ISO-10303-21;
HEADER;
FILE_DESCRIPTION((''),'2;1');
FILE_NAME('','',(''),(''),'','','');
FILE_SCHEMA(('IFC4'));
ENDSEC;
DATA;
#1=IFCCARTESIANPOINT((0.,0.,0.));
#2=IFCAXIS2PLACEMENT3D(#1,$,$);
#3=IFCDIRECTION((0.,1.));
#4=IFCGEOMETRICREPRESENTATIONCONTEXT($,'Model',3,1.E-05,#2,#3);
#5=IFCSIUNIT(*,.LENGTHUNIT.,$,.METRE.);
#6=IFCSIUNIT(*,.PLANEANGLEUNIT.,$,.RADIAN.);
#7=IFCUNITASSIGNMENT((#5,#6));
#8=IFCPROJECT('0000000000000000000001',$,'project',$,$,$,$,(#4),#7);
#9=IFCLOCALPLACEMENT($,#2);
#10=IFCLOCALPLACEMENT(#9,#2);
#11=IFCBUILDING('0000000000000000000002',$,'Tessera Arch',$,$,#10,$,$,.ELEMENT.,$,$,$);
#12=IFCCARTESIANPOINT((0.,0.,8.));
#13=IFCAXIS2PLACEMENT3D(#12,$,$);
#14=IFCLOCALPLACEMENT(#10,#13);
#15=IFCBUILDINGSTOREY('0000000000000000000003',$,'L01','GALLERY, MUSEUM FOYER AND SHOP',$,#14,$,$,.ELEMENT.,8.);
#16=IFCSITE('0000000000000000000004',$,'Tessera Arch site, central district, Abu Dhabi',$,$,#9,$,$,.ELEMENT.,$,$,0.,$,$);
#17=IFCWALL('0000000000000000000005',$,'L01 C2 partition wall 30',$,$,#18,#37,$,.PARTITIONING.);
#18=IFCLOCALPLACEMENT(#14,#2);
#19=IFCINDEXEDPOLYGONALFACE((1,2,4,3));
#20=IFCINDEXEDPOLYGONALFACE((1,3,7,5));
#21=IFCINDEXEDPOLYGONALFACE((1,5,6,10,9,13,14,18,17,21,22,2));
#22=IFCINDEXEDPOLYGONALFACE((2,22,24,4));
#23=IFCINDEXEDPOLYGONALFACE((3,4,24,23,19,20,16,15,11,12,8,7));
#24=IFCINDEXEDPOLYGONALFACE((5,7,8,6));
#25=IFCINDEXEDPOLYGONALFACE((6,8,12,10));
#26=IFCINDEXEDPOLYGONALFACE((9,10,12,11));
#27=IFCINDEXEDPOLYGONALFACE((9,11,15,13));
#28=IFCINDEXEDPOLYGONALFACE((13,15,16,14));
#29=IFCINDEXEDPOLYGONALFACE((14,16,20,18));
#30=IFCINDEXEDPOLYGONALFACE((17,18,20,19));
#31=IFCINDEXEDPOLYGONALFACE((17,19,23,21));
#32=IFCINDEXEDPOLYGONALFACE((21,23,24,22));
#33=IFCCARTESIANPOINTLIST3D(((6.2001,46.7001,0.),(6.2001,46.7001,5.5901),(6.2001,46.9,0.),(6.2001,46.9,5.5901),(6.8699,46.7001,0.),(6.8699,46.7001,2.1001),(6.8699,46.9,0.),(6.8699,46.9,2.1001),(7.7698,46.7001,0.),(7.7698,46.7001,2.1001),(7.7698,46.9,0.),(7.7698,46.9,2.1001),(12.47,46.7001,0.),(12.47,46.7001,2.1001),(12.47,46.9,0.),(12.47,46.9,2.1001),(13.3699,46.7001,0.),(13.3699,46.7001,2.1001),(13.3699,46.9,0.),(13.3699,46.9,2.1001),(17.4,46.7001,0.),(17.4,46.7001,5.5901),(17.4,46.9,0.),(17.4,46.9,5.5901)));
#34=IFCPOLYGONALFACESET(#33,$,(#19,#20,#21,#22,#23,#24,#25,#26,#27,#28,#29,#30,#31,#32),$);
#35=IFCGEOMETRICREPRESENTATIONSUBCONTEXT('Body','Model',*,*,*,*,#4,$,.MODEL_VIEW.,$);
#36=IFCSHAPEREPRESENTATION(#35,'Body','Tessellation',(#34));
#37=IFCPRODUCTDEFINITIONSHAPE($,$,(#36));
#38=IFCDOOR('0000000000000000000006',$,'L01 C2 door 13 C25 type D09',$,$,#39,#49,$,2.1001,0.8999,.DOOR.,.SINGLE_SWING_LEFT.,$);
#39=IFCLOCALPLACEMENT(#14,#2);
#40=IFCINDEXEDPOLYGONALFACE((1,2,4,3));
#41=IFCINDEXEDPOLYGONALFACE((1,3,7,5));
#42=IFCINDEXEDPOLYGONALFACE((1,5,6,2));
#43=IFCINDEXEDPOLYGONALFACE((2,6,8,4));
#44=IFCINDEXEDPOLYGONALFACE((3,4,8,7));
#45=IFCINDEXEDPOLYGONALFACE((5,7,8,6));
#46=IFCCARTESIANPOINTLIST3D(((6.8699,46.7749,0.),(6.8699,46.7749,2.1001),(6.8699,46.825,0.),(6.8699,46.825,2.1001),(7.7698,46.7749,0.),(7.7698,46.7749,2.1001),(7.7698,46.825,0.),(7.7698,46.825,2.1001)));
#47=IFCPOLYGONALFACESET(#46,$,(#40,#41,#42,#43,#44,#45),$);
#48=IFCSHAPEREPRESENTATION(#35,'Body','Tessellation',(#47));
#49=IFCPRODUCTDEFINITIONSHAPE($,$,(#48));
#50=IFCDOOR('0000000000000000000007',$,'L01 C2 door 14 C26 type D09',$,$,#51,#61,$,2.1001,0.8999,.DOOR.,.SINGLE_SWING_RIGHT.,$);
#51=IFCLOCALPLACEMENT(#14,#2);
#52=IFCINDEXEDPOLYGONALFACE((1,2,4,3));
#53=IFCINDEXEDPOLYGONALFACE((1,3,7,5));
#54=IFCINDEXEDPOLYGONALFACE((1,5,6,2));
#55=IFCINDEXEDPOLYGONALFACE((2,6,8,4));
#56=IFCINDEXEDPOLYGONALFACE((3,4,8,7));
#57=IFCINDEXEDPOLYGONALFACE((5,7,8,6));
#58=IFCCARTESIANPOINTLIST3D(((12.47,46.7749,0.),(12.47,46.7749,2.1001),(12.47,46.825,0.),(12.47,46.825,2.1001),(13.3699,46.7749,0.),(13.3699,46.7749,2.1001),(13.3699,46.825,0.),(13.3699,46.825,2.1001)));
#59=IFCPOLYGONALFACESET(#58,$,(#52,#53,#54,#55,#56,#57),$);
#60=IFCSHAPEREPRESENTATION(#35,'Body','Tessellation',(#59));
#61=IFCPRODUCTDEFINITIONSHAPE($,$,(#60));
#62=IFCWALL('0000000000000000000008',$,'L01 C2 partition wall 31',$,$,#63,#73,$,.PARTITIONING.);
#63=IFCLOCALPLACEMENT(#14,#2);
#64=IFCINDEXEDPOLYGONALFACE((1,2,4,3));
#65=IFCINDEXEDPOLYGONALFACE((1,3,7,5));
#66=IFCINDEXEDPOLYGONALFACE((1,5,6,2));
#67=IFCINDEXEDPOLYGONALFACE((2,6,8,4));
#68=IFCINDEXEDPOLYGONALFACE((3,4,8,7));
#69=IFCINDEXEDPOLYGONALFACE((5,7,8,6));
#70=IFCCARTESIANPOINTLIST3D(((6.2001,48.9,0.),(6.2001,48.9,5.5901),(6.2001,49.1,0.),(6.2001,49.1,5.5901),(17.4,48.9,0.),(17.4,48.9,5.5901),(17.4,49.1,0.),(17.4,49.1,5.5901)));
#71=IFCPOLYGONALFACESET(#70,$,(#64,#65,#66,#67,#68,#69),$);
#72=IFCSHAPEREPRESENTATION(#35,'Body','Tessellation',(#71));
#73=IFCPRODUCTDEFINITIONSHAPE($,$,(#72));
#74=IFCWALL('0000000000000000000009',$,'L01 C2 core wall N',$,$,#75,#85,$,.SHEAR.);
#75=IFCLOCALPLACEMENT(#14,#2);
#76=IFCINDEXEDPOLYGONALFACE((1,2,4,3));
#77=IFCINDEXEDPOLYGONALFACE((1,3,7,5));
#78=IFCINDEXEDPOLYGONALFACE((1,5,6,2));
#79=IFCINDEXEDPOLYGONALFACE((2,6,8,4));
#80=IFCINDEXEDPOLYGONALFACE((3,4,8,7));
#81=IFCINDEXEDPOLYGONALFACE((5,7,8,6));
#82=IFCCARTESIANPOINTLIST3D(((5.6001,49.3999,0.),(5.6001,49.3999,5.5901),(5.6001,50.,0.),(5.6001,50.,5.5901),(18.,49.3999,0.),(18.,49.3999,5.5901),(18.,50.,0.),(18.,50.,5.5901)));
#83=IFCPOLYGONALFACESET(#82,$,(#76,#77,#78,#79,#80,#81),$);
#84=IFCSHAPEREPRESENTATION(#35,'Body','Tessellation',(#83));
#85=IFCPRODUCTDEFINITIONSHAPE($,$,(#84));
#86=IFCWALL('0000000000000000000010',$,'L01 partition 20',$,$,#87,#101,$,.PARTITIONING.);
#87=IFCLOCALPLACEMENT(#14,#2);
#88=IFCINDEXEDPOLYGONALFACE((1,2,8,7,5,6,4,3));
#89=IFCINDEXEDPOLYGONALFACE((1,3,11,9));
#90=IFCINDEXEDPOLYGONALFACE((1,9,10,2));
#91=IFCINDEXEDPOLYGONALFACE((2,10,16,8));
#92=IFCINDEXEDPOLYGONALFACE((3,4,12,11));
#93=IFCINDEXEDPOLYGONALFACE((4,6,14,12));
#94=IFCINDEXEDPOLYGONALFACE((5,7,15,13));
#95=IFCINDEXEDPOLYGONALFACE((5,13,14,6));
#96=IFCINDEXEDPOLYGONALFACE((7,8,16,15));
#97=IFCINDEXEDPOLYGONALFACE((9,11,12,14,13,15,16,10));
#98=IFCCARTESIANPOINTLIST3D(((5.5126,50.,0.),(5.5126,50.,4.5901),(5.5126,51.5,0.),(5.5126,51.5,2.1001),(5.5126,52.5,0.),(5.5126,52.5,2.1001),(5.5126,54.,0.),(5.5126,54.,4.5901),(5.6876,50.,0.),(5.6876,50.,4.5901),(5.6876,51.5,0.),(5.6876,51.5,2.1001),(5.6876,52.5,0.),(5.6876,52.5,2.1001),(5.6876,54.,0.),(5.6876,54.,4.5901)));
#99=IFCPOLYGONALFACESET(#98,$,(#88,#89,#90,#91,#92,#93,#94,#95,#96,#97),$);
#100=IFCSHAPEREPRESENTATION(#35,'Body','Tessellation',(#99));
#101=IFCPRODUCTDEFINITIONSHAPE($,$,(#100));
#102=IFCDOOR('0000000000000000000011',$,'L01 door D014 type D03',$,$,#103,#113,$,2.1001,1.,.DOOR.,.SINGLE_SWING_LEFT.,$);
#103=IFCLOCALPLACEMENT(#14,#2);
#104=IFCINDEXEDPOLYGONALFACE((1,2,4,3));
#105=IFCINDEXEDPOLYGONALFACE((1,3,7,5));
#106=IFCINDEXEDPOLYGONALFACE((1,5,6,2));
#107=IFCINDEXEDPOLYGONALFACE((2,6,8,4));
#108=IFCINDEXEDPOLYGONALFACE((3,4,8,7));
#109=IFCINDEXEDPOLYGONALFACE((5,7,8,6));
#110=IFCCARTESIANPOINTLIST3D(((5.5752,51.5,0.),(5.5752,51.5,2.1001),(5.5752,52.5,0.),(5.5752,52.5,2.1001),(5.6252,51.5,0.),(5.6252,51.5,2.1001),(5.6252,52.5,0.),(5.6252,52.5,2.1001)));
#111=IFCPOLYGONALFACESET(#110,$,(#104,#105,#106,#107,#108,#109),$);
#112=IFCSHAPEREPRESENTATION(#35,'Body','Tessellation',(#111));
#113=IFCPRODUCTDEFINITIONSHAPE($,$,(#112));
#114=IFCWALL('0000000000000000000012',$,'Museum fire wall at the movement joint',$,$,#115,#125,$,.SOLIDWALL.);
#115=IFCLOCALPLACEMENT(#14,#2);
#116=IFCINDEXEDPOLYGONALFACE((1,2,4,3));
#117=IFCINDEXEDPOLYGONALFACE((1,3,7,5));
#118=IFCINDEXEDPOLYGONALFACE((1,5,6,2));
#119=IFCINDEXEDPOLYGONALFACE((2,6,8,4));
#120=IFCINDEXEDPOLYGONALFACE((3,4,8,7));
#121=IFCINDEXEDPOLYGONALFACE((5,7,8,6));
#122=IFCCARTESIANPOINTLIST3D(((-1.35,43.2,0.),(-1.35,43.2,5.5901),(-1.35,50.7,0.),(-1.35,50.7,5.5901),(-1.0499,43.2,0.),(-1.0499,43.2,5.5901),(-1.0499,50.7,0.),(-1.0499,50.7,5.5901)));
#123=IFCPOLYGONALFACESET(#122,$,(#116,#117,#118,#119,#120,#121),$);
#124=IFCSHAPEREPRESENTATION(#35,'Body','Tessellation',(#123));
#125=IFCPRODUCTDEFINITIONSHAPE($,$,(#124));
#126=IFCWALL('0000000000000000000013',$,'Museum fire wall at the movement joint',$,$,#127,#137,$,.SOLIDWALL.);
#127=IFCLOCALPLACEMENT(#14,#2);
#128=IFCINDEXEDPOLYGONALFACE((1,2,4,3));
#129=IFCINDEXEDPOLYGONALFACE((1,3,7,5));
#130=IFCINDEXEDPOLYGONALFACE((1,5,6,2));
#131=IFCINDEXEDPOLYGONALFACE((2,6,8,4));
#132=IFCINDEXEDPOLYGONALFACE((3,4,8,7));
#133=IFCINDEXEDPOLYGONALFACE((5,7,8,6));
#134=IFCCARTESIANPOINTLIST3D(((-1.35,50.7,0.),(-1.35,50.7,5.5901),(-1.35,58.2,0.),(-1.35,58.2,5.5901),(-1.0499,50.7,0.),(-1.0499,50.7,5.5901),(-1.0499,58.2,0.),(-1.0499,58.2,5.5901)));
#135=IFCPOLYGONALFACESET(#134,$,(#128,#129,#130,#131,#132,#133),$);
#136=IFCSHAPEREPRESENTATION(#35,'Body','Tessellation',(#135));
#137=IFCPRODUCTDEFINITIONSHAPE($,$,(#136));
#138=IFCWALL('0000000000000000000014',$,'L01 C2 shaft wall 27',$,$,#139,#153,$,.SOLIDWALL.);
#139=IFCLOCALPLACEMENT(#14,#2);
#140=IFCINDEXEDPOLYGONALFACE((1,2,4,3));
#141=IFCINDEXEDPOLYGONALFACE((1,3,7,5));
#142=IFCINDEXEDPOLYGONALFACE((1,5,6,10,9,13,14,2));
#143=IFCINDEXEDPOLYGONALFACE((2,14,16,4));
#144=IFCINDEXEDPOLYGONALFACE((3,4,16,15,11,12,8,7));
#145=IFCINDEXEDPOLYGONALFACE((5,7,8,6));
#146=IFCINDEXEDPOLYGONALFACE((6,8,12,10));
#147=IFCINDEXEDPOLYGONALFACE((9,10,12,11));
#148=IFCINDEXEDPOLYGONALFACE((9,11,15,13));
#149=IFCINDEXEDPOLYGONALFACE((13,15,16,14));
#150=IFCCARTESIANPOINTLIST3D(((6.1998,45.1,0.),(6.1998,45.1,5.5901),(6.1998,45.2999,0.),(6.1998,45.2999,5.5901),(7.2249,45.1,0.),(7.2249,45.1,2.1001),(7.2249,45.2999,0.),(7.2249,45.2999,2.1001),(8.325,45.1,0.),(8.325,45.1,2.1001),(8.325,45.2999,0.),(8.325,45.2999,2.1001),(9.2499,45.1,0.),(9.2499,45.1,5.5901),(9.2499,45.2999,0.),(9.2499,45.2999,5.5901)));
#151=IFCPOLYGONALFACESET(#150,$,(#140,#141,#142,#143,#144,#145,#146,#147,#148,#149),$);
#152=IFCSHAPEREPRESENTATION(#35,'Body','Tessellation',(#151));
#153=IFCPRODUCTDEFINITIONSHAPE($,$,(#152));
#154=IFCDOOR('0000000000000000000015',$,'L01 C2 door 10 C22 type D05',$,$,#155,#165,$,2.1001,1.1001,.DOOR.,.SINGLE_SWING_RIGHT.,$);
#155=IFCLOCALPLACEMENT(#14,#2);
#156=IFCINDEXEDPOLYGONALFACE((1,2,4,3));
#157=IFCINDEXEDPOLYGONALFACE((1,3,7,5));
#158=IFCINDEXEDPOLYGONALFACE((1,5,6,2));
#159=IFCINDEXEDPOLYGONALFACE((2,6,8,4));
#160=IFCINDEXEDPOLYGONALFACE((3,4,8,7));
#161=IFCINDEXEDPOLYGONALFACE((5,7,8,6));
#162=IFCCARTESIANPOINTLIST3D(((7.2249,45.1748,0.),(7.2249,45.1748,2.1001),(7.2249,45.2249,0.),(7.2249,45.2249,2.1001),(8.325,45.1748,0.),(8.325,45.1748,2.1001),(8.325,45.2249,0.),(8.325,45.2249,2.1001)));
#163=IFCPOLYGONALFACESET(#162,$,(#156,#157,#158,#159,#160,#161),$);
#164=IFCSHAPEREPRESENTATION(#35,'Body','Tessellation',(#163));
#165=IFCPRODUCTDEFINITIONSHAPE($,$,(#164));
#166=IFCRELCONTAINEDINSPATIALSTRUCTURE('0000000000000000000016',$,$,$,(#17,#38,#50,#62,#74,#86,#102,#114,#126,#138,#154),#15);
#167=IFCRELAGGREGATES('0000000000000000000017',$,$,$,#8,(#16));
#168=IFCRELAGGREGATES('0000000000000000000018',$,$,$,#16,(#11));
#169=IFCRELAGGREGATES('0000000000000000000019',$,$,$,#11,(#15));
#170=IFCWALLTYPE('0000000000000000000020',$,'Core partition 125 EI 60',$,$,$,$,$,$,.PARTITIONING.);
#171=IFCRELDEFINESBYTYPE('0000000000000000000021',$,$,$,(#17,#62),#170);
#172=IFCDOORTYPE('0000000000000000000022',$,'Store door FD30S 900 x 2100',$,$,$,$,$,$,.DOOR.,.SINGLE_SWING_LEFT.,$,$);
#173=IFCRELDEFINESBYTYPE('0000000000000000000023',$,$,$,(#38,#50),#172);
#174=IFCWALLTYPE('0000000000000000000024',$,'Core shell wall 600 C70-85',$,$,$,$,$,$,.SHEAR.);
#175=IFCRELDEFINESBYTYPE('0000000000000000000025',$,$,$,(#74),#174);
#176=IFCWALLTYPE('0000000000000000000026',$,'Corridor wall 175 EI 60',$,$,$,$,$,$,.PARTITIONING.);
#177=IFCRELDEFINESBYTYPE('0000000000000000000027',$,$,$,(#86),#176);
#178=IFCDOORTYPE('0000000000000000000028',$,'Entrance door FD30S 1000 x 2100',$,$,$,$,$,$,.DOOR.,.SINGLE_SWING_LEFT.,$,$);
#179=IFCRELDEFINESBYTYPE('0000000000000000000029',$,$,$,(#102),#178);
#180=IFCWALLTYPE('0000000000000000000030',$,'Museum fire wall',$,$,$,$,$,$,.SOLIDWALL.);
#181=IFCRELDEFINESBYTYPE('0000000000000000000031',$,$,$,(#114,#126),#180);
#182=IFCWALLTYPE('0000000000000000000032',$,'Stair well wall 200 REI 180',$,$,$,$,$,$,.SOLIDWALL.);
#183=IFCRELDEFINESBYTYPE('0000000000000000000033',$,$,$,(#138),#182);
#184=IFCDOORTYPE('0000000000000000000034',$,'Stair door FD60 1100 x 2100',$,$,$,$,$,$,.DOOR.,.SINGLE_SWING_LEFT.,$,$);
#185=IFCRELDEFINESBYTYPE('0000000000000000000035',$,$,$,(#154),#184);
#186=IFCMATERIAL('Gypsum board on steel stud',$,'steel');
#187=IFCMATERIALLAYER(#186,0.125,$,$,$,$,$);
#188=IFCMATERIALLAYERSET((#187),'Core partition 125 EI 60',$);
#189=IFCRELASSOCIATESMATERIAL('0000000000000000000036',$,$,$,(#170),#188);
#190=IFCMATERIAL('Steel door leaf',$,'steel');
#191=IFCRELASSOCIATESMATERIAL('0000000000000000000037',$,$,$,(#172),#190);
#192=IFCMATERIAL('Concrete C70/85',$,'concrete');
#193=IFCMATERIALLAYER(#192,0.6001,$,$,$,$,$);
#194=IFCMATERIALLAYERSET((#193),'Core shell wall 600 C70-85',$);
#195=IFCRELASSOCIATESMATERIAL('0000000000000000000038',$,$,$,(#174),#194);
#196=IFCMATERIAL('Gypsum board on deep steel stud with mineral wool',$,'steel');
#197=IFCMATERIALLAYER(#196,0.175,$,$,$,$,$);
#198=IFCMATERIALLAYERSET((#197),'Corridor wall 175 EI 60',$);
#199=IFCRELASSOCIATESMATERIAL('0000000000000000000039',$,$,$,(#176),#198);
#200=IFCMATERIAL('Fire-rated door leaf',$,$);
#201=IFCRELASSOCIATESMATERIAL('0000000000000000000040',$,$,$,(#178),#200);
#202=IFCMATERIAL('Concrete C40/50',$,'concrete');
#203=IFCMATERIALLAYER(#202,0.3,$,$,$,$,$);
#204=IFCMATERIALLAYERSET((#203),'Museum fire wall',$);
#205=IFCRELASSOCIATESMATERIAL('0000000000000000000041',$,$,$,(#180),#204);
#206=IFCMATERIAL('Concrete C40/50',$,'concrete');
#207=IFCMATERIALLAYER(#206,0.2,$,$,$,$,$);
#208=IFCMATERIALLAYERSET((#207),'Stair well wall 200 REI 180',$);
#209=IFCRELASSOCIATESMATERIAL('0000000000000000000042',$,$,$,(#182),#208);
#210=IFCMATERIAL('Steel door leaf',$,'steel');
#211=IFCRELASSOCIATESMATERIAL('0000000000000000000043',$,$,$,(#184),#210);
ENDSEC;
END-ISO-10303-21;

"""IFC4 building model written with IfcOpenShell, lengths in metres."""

from ifc_helpers import new_model, si_unit, direction, frame, frame_2d, origin, place, context, subcontext, project, spatial, rectangle, extrude, material, layer, layer_set, type_object, element, fill, save


model = new_model("IFC4")

# Units and contexts
model_context = context("Model", 3, precision=1e-05, world=origin(), true_north=direction((0.0, 1.0)))
body_context = subcontext(model_context, "Body", "Model", "MODEL_VIEW")
ifc_project = project(units=[si_unit("LENGTHUNIT", "METRE"), si_unit("PLANEANGLEUNIT", "RADIAN")], contexts=[model_context])

# Site, building, storey
site_placement = place(None, origin())
site = spatial("IfcSite", under=ifc_project, at=site_placement, Name="Tessera Arch site, central district, Abu Dhabi", CompositionType="ELEMENT", RefElevation=0.0)
building_placement = place(site_placement, origin())
building = spatial("IfcBuilding", under=site, at=building_placement, Name="Tessera Arch", CompositionType="ELEMENT")
storey_placement = place(building_placement, frame((0.0, 0.0, 8.0)))
storey = spatial("IfcBuildingStorey", under=building, at=storey_placement, Name="L01", Description="GALLERY, MUSEUM FOYER AND SHOP", CompositionType="ELEMENT", Elevation=8.0)

# Wall, openings, doors
ifc_material_1 = material(Name="Gypsum board on steel stud", Category="steel")
ifc_layer_1 = layer(ifc_material_1, 0.125)
ifc_layer_set_1 = layer_set([ifc_layer_1], Name="Core partition 125 EI 60")
wall_type_1 = type_object("IfcWallType", Name="Core partition 125 EI 60", PredefinedType="PARTITIONING", material=ifc_layer_set_1)
wall_1_placement = place(storey_placement, frame((6.2, 46.8, 0.0), z_axis=(0.0, 0.0, 1.0), x_axis=(1.0, 0.0, 0.0)))
wall_1 = element("IfcWall", 1, at=wall_1_placement, inside=storey, type_object=wall_type_1, Name="L01 C2 partition wall 30", PredefinedType="PARTITIONING", context=body_context, shape_type="SweptSolid", body=[
    extrude(rectangle(XDim=11.2, YDim=0.2, at=frame_2d((5.6001, 0.0))), origin(), (0.0, 0.0, 1.0), 5.5901),
])
opening_1_placement = place(wall_1_placement, frame((0.6699, 0.0, 0.0)))
opening_1 = element("IfcOpeningElement", 2, at=opening_1_placement, cuts=wall_1, PredefinedType="OPENING", context=body_context, shape_type="SweptSolid", body=[
    extrude(rectangle(XDim=0.8999, YDim=2.1001, at=frame_2d((0.45, 1.05))), frame((0.0, 0.1099, 0.0), z_axis=(0.0, -1.0, 0.0), x_axis=(1.0, 0.0, 0.0)), (0.0, 0.0, 1.0), 0.22),
])
opening_2_placement = place(wall_1_placement, frame((6.27, 0.0, 0.0)))
opening_2 = element("IfcOpeningElement", 3, at=opening_2_placement, cuts=wall_1, PredefinedType="OPENING", context=body_context, shape_type="SweptSolid", body=[
    extrude(rectangle(XDim=0.8999, YDim=2.1001, at=frame_2d((0.45, 1.05))), frame((0.0, 0.1099, 0.0), z_axis=(0.0, -1.0, 0.0), x_axis=(1.0, 0.0, 0.0)), (0.0, 0.0, 1.0), 0.22),
])
ifc_material_2 = material(Name="Steel door leaf", Category="steel")
door_type_1 = type_object("IfcDoorType", Name="Store door FD30S 900 x 2100", OperationType="SINGLE_SWING_LEFT", PredefinedType="DOOR", material=ifc_material_2)
door_1_placement = place(opening_1_placement, origin())
door_1 = element("IfcDoor", 4, at=door_1_placement, inside=storey, type_object=door_type_1, Name="L01 C2 door 13 C25 type D09", OperationType="SINGLE_SWING_LEFT", OverallHeight=2.1001, OverallWidth=0.8999, PredefinedType="DOOR", context=body_context, shape_type="SweptSolid", body=[
    extrude(rectangle(XDim=0.8999, YDim=2.1001, at=frame_2d((0.45, 1.05))), frame((0.0, 0.0249, 0.0), z_axis=(0.0, -1.0, 0.0), x_axis=(1.0, 0.0, 0.0)), (0.0, 0.0, 1.0), 0.05),
])
fill(opening_1, door_1)
door_2_placement = place(opening_2_placement, origin())
door_2 = element("IfcDoor", 5, at=door_2_placement, inside=storey, type_object=door_type_1, Name="L01 C2 door 14 C26 type D09", OperationType="SINGLE_SWING_RIGHT", OverallHeight=2.1001, OverallWidth=0.8999, PredefinedType="DOOR", context=body_context, shape_type="SweptSolid", body=[
    extrude(rectangle(XDim=0.8999, YDim=2.1001, at=frame_2d((0.45, 1.05))), frame((0.0, 0.0249, 0.0), z_axis=(0.0, -1.0, 0.0), x_axis=(1.0, 0.0, 0.0)), (0.0, 0.0, 1.0), 0.05),
])
fill(opening_2, door_2)

# Walls
wall_2_placement = place(storey_placement, frame((6.2, 49.0, 0.0), z_axis=(0.0, 0.0, 1.0), x_axis=(1.0, 0.0, 0.0)))
element("IfcWall", 6, at=wall_2_placement, inside=storey, type_object=wall_type_1, Name="L01 C2 partition wall 31", PredefinedType="PARTITIONING", context=body_context, shape_type="SweptSolid", body=[
    extrude(rectangle(XDim=11.2, YDim=0.2, at=frame_2d((5.6001, 0.0))), origin(), (0.0, 0.0, 1.0), 5.5901),
])
ifc_material_3 = material(Name="Concrete C70/85", Category="concrete")
ifc_layer_2 = layer(ifc_material_3, 0.6001)
ifc_layer_set_2 = layer_set([ifc_layer_2], Name="Core shell wall 600 C70-85")
wall_type_2 = type_object("IfcWallType", Name="Core shell wall 600 C70-85", PredefinedType="SHEAR", material=ifc_layer_set_2)
wall_3_placement = place(storey_placement, frame((5.6001, 49.7, 0.0), z_axis=(0.0, 0.0, 1.0), x_axis=(1.0, 0.0, 0.0)))
element("IfcWall", 7, at=wall_3_placement, inside=storey, type_object=wall_type_2, Name="L01 C2 core wall N", PredefinedType="SHEAR", context=body_context, shape_type="SweptSolid", body=[
    extrude(rectangle(XDim=12.3999, YDim=0.6001, at=frame_2d((6.2, 0.0))), origin(), (0.0, 0.0, 1.0), 5.5901),
])

# Wall, opening, door
ifc_material_4 = material(Name="Gypsum board on deep steel stud with mineral wool", Category="steel")
ifc_layer_3 = layer(ifc_material_4, 0.175)
ifc_layer_set_3 = layer_set([ifc_layer_3], Name="Corridor wall 175 EI 60")
wall_type_3 = type_object("IfcWallType", Name="Corridor wall 175 EI 60", PredefinedType="PARTITIONING", material=ifc_layer_set_3)
wall_4_placement = place(storey_placement, frame((5.6001, 50.0, 0.0), z_axis=(0.0, 0.0, 1.0), x_axis=(0.0, 1.0, 0.0)))
wall_4 = element("IfcWall", 8, at=wall_4_placement, inside=storey, type_object=wall_type_3, Name="L01 partition 20", PredefinedType="PARTITIONING", context=body_context, shape_type="SweptSolid", body=[
    extrude(rectangle(XDim=4.0, YDim=0.175, at=frame_2d((2.0, 0.0))), origin(), (0.0, 0.0, 1.0), 4.5901),
])
opening_3_placement = place(wall_4_placement, frame((1.5, 0.0, 0.0)))
opening_3 = element("IfcOpeningElement", 9, at=opening_3_placement, cuts=wall_4, PredefinedType="OPENING", context=body_context, shape_type="SweptSolid", body=[
    extrude(rectangle(XDim=1.0, YDim=2.1001, at=frame_2d((0.5, 1.05))), frame((0.0, 0.0974, 0.0), z_axis=(0.0, -1.0, 0.0), x_axis=(1.0, 0.0, 0.0)), (0.0, 0.0, 1.0), 0.1951),
])
ifc_material_5 = material(Name="Fire-rated door leaf")
door_type_2 = type_object("IfcDoorType", Name="Entrance door FD30S 1000 x 2100", OperationType="SINGLE_SWING_LEFT", PredefinedType="DOOR", material=ifc_material_5)
door_3_placement = place(opening_3_placement, origin())
door_3 = element("IfcDoor", 10, at=door_3_placement, inside=storey, type_object=door_type_2, Name="L01 door D014 type D03", OperationType="SINGLE_SWING_LEFT", OverallHeight=2.1001, OverallWidth=1.0, PredefinedType="DOOR", context=body_context, shape_type="SweptSolid", body=[
    extrude(rectangle(XDim=1.0, YDim=2.1001, at=frame_2d((0.5, 1.05))), frame((0.0, 0.0249, 0.0), z_axis=(0.0, -1.0, 0.0), x_axis=(1.0, 0.0, 0.0)), (0.0, 0.0, 1.0), 0.05),
])
fill(opening_3, door_3)

# Walls
ifc_material_6 = material(Name="Concrete C40/50", Category="concrete")
ifc_layer_4 = layer(ifc_material_6, 0.3)
ifc_layer_set_4 = layer_set([ifc_layer_4], Name="Museum fire wall")
wall_type_4 = type_object("IfcWallType", Name="Museum fire wall", PredefinedType="SOLIDWALL", material=ifc_layer_set_4)
for number, where, z_axis, x_axis, name in (
    (11, (-1.2, 43.2, 0.0), (0.0, 0.0, 1.0), (0.0, 1.0, 0.0), "Museum fire wall at the movement joint"),
    (12, (-1.2, 50.7, 0.0), (0.0, 0.0, 1.0), (0.0, 1.0, 0.0), "Museum fire wall at the movement joint"),
):
    element("IfcWall", number, at=place(storey_placement, frame(where, z_axis=z_axis, x_axis=x_axis)), inside=storey, type_object=wall_type_4, Name=name, PredefinedType="SOLIDWALL", context=body_context, shape_type="SweptSolid", body=[
        extrude(rectangle(XDim=7.5, YDim=0.3, at=frame_2d((3.75, 0.0))), origin(), (0.0, 0.0, 1.0), 5.5901),
    ])

# Wall, opening, door
ifc_material_7 = material(Name="Concrete C40/50", Category="concrete")
ifc_layer_5 = layer(ifc_material_7, 0.2)
ifc_layer_set_5 = layer_set([ifc_layer_5], Name="Stair well wall 200 REI 180")
wall_type_5 = type_object("IfcWallType", Name="Stair well wall 200 REI 180", PredefinedType="SOLIDWALL", material=ifc_layer_set_5)
wall_5_placement = place(storey_placement, frame((6.2, 45.2, 0.0), z_axis=(0.0, 0.0, 1.0), x_axis=(1.0, 0.0, 0.0)))
wall_5 = element("IfcWall", 13, at=wall_5_placement, inside=storey, type_object=wall_type_5, Name="L01 C2 shaft wall 27", PredefinedType="SOLIDWALL", context=body_context, shape_type="SweptSolid", body=[
    extrude(rectangle(XDim=3.05, YDim=0.2, at=frame_2d((1.5249, 0.0))), origin(), (0.0, 0.0, 1.0), 5.5901),
])
opening_4_placement = place(wall_5_placement, frame((1.0249, 0.0, 0.0)))
opening_4 = element("IfcOpeningElement", 14, at=opening_4_placement, cuts=wall_5, PredefinedType="OPENING", context=body_context, shape_type="SweptSolid", body=[
    extrude(rectangle(XDim=1.1001, YDim=2.1001, at=frame_2d((0.55, 1.05))), frame((0.0, 0.1099, 0.0), z_axis=(0.0, -1.0, 0.0), x_axis=(1.0, 0.0, 0.0)), (0.0, 0.0, 1.0), 0.22),
])
ifc_material_8 = material(Name="Steel door leaf", Category="steel")
door_type_3 = type_object("IfcDoorType", Name="Stair door FD60 1100 x 2100", OperationType="SINGLE_SWING_LEFT", PredefinedType="DOOR", material=ifc_material_8)
door_4_placement = place(opening_4_placement, origin())
door_4 = element("IfcDoor", 15, at=door_4_placement, inside=storey, type_object=door_type_3, Name="L01 C2 door 10 C22 type D05", OperationType="SINGLE_SWING_RIGHT", OverallHeight=2.1001, OverallWidth=1.1001, PredefinedType="DOOR", context=body_context, shape_type="SweptSolid", body=[
    extrude(rectangle(XDim=1.1001, YDim=2.1001, at=frame_2d((0.55, 1.05))), frame((0.0, 0.0249, 0.0), z_axis=(0.0, -1.0, 0.0), x_axis=(1.0, 0.0, 0.0)), (0.0, 0.0, 1.0), 0.05),
])
fill(opening_4, door_4)

save(model, "model.ifc")
